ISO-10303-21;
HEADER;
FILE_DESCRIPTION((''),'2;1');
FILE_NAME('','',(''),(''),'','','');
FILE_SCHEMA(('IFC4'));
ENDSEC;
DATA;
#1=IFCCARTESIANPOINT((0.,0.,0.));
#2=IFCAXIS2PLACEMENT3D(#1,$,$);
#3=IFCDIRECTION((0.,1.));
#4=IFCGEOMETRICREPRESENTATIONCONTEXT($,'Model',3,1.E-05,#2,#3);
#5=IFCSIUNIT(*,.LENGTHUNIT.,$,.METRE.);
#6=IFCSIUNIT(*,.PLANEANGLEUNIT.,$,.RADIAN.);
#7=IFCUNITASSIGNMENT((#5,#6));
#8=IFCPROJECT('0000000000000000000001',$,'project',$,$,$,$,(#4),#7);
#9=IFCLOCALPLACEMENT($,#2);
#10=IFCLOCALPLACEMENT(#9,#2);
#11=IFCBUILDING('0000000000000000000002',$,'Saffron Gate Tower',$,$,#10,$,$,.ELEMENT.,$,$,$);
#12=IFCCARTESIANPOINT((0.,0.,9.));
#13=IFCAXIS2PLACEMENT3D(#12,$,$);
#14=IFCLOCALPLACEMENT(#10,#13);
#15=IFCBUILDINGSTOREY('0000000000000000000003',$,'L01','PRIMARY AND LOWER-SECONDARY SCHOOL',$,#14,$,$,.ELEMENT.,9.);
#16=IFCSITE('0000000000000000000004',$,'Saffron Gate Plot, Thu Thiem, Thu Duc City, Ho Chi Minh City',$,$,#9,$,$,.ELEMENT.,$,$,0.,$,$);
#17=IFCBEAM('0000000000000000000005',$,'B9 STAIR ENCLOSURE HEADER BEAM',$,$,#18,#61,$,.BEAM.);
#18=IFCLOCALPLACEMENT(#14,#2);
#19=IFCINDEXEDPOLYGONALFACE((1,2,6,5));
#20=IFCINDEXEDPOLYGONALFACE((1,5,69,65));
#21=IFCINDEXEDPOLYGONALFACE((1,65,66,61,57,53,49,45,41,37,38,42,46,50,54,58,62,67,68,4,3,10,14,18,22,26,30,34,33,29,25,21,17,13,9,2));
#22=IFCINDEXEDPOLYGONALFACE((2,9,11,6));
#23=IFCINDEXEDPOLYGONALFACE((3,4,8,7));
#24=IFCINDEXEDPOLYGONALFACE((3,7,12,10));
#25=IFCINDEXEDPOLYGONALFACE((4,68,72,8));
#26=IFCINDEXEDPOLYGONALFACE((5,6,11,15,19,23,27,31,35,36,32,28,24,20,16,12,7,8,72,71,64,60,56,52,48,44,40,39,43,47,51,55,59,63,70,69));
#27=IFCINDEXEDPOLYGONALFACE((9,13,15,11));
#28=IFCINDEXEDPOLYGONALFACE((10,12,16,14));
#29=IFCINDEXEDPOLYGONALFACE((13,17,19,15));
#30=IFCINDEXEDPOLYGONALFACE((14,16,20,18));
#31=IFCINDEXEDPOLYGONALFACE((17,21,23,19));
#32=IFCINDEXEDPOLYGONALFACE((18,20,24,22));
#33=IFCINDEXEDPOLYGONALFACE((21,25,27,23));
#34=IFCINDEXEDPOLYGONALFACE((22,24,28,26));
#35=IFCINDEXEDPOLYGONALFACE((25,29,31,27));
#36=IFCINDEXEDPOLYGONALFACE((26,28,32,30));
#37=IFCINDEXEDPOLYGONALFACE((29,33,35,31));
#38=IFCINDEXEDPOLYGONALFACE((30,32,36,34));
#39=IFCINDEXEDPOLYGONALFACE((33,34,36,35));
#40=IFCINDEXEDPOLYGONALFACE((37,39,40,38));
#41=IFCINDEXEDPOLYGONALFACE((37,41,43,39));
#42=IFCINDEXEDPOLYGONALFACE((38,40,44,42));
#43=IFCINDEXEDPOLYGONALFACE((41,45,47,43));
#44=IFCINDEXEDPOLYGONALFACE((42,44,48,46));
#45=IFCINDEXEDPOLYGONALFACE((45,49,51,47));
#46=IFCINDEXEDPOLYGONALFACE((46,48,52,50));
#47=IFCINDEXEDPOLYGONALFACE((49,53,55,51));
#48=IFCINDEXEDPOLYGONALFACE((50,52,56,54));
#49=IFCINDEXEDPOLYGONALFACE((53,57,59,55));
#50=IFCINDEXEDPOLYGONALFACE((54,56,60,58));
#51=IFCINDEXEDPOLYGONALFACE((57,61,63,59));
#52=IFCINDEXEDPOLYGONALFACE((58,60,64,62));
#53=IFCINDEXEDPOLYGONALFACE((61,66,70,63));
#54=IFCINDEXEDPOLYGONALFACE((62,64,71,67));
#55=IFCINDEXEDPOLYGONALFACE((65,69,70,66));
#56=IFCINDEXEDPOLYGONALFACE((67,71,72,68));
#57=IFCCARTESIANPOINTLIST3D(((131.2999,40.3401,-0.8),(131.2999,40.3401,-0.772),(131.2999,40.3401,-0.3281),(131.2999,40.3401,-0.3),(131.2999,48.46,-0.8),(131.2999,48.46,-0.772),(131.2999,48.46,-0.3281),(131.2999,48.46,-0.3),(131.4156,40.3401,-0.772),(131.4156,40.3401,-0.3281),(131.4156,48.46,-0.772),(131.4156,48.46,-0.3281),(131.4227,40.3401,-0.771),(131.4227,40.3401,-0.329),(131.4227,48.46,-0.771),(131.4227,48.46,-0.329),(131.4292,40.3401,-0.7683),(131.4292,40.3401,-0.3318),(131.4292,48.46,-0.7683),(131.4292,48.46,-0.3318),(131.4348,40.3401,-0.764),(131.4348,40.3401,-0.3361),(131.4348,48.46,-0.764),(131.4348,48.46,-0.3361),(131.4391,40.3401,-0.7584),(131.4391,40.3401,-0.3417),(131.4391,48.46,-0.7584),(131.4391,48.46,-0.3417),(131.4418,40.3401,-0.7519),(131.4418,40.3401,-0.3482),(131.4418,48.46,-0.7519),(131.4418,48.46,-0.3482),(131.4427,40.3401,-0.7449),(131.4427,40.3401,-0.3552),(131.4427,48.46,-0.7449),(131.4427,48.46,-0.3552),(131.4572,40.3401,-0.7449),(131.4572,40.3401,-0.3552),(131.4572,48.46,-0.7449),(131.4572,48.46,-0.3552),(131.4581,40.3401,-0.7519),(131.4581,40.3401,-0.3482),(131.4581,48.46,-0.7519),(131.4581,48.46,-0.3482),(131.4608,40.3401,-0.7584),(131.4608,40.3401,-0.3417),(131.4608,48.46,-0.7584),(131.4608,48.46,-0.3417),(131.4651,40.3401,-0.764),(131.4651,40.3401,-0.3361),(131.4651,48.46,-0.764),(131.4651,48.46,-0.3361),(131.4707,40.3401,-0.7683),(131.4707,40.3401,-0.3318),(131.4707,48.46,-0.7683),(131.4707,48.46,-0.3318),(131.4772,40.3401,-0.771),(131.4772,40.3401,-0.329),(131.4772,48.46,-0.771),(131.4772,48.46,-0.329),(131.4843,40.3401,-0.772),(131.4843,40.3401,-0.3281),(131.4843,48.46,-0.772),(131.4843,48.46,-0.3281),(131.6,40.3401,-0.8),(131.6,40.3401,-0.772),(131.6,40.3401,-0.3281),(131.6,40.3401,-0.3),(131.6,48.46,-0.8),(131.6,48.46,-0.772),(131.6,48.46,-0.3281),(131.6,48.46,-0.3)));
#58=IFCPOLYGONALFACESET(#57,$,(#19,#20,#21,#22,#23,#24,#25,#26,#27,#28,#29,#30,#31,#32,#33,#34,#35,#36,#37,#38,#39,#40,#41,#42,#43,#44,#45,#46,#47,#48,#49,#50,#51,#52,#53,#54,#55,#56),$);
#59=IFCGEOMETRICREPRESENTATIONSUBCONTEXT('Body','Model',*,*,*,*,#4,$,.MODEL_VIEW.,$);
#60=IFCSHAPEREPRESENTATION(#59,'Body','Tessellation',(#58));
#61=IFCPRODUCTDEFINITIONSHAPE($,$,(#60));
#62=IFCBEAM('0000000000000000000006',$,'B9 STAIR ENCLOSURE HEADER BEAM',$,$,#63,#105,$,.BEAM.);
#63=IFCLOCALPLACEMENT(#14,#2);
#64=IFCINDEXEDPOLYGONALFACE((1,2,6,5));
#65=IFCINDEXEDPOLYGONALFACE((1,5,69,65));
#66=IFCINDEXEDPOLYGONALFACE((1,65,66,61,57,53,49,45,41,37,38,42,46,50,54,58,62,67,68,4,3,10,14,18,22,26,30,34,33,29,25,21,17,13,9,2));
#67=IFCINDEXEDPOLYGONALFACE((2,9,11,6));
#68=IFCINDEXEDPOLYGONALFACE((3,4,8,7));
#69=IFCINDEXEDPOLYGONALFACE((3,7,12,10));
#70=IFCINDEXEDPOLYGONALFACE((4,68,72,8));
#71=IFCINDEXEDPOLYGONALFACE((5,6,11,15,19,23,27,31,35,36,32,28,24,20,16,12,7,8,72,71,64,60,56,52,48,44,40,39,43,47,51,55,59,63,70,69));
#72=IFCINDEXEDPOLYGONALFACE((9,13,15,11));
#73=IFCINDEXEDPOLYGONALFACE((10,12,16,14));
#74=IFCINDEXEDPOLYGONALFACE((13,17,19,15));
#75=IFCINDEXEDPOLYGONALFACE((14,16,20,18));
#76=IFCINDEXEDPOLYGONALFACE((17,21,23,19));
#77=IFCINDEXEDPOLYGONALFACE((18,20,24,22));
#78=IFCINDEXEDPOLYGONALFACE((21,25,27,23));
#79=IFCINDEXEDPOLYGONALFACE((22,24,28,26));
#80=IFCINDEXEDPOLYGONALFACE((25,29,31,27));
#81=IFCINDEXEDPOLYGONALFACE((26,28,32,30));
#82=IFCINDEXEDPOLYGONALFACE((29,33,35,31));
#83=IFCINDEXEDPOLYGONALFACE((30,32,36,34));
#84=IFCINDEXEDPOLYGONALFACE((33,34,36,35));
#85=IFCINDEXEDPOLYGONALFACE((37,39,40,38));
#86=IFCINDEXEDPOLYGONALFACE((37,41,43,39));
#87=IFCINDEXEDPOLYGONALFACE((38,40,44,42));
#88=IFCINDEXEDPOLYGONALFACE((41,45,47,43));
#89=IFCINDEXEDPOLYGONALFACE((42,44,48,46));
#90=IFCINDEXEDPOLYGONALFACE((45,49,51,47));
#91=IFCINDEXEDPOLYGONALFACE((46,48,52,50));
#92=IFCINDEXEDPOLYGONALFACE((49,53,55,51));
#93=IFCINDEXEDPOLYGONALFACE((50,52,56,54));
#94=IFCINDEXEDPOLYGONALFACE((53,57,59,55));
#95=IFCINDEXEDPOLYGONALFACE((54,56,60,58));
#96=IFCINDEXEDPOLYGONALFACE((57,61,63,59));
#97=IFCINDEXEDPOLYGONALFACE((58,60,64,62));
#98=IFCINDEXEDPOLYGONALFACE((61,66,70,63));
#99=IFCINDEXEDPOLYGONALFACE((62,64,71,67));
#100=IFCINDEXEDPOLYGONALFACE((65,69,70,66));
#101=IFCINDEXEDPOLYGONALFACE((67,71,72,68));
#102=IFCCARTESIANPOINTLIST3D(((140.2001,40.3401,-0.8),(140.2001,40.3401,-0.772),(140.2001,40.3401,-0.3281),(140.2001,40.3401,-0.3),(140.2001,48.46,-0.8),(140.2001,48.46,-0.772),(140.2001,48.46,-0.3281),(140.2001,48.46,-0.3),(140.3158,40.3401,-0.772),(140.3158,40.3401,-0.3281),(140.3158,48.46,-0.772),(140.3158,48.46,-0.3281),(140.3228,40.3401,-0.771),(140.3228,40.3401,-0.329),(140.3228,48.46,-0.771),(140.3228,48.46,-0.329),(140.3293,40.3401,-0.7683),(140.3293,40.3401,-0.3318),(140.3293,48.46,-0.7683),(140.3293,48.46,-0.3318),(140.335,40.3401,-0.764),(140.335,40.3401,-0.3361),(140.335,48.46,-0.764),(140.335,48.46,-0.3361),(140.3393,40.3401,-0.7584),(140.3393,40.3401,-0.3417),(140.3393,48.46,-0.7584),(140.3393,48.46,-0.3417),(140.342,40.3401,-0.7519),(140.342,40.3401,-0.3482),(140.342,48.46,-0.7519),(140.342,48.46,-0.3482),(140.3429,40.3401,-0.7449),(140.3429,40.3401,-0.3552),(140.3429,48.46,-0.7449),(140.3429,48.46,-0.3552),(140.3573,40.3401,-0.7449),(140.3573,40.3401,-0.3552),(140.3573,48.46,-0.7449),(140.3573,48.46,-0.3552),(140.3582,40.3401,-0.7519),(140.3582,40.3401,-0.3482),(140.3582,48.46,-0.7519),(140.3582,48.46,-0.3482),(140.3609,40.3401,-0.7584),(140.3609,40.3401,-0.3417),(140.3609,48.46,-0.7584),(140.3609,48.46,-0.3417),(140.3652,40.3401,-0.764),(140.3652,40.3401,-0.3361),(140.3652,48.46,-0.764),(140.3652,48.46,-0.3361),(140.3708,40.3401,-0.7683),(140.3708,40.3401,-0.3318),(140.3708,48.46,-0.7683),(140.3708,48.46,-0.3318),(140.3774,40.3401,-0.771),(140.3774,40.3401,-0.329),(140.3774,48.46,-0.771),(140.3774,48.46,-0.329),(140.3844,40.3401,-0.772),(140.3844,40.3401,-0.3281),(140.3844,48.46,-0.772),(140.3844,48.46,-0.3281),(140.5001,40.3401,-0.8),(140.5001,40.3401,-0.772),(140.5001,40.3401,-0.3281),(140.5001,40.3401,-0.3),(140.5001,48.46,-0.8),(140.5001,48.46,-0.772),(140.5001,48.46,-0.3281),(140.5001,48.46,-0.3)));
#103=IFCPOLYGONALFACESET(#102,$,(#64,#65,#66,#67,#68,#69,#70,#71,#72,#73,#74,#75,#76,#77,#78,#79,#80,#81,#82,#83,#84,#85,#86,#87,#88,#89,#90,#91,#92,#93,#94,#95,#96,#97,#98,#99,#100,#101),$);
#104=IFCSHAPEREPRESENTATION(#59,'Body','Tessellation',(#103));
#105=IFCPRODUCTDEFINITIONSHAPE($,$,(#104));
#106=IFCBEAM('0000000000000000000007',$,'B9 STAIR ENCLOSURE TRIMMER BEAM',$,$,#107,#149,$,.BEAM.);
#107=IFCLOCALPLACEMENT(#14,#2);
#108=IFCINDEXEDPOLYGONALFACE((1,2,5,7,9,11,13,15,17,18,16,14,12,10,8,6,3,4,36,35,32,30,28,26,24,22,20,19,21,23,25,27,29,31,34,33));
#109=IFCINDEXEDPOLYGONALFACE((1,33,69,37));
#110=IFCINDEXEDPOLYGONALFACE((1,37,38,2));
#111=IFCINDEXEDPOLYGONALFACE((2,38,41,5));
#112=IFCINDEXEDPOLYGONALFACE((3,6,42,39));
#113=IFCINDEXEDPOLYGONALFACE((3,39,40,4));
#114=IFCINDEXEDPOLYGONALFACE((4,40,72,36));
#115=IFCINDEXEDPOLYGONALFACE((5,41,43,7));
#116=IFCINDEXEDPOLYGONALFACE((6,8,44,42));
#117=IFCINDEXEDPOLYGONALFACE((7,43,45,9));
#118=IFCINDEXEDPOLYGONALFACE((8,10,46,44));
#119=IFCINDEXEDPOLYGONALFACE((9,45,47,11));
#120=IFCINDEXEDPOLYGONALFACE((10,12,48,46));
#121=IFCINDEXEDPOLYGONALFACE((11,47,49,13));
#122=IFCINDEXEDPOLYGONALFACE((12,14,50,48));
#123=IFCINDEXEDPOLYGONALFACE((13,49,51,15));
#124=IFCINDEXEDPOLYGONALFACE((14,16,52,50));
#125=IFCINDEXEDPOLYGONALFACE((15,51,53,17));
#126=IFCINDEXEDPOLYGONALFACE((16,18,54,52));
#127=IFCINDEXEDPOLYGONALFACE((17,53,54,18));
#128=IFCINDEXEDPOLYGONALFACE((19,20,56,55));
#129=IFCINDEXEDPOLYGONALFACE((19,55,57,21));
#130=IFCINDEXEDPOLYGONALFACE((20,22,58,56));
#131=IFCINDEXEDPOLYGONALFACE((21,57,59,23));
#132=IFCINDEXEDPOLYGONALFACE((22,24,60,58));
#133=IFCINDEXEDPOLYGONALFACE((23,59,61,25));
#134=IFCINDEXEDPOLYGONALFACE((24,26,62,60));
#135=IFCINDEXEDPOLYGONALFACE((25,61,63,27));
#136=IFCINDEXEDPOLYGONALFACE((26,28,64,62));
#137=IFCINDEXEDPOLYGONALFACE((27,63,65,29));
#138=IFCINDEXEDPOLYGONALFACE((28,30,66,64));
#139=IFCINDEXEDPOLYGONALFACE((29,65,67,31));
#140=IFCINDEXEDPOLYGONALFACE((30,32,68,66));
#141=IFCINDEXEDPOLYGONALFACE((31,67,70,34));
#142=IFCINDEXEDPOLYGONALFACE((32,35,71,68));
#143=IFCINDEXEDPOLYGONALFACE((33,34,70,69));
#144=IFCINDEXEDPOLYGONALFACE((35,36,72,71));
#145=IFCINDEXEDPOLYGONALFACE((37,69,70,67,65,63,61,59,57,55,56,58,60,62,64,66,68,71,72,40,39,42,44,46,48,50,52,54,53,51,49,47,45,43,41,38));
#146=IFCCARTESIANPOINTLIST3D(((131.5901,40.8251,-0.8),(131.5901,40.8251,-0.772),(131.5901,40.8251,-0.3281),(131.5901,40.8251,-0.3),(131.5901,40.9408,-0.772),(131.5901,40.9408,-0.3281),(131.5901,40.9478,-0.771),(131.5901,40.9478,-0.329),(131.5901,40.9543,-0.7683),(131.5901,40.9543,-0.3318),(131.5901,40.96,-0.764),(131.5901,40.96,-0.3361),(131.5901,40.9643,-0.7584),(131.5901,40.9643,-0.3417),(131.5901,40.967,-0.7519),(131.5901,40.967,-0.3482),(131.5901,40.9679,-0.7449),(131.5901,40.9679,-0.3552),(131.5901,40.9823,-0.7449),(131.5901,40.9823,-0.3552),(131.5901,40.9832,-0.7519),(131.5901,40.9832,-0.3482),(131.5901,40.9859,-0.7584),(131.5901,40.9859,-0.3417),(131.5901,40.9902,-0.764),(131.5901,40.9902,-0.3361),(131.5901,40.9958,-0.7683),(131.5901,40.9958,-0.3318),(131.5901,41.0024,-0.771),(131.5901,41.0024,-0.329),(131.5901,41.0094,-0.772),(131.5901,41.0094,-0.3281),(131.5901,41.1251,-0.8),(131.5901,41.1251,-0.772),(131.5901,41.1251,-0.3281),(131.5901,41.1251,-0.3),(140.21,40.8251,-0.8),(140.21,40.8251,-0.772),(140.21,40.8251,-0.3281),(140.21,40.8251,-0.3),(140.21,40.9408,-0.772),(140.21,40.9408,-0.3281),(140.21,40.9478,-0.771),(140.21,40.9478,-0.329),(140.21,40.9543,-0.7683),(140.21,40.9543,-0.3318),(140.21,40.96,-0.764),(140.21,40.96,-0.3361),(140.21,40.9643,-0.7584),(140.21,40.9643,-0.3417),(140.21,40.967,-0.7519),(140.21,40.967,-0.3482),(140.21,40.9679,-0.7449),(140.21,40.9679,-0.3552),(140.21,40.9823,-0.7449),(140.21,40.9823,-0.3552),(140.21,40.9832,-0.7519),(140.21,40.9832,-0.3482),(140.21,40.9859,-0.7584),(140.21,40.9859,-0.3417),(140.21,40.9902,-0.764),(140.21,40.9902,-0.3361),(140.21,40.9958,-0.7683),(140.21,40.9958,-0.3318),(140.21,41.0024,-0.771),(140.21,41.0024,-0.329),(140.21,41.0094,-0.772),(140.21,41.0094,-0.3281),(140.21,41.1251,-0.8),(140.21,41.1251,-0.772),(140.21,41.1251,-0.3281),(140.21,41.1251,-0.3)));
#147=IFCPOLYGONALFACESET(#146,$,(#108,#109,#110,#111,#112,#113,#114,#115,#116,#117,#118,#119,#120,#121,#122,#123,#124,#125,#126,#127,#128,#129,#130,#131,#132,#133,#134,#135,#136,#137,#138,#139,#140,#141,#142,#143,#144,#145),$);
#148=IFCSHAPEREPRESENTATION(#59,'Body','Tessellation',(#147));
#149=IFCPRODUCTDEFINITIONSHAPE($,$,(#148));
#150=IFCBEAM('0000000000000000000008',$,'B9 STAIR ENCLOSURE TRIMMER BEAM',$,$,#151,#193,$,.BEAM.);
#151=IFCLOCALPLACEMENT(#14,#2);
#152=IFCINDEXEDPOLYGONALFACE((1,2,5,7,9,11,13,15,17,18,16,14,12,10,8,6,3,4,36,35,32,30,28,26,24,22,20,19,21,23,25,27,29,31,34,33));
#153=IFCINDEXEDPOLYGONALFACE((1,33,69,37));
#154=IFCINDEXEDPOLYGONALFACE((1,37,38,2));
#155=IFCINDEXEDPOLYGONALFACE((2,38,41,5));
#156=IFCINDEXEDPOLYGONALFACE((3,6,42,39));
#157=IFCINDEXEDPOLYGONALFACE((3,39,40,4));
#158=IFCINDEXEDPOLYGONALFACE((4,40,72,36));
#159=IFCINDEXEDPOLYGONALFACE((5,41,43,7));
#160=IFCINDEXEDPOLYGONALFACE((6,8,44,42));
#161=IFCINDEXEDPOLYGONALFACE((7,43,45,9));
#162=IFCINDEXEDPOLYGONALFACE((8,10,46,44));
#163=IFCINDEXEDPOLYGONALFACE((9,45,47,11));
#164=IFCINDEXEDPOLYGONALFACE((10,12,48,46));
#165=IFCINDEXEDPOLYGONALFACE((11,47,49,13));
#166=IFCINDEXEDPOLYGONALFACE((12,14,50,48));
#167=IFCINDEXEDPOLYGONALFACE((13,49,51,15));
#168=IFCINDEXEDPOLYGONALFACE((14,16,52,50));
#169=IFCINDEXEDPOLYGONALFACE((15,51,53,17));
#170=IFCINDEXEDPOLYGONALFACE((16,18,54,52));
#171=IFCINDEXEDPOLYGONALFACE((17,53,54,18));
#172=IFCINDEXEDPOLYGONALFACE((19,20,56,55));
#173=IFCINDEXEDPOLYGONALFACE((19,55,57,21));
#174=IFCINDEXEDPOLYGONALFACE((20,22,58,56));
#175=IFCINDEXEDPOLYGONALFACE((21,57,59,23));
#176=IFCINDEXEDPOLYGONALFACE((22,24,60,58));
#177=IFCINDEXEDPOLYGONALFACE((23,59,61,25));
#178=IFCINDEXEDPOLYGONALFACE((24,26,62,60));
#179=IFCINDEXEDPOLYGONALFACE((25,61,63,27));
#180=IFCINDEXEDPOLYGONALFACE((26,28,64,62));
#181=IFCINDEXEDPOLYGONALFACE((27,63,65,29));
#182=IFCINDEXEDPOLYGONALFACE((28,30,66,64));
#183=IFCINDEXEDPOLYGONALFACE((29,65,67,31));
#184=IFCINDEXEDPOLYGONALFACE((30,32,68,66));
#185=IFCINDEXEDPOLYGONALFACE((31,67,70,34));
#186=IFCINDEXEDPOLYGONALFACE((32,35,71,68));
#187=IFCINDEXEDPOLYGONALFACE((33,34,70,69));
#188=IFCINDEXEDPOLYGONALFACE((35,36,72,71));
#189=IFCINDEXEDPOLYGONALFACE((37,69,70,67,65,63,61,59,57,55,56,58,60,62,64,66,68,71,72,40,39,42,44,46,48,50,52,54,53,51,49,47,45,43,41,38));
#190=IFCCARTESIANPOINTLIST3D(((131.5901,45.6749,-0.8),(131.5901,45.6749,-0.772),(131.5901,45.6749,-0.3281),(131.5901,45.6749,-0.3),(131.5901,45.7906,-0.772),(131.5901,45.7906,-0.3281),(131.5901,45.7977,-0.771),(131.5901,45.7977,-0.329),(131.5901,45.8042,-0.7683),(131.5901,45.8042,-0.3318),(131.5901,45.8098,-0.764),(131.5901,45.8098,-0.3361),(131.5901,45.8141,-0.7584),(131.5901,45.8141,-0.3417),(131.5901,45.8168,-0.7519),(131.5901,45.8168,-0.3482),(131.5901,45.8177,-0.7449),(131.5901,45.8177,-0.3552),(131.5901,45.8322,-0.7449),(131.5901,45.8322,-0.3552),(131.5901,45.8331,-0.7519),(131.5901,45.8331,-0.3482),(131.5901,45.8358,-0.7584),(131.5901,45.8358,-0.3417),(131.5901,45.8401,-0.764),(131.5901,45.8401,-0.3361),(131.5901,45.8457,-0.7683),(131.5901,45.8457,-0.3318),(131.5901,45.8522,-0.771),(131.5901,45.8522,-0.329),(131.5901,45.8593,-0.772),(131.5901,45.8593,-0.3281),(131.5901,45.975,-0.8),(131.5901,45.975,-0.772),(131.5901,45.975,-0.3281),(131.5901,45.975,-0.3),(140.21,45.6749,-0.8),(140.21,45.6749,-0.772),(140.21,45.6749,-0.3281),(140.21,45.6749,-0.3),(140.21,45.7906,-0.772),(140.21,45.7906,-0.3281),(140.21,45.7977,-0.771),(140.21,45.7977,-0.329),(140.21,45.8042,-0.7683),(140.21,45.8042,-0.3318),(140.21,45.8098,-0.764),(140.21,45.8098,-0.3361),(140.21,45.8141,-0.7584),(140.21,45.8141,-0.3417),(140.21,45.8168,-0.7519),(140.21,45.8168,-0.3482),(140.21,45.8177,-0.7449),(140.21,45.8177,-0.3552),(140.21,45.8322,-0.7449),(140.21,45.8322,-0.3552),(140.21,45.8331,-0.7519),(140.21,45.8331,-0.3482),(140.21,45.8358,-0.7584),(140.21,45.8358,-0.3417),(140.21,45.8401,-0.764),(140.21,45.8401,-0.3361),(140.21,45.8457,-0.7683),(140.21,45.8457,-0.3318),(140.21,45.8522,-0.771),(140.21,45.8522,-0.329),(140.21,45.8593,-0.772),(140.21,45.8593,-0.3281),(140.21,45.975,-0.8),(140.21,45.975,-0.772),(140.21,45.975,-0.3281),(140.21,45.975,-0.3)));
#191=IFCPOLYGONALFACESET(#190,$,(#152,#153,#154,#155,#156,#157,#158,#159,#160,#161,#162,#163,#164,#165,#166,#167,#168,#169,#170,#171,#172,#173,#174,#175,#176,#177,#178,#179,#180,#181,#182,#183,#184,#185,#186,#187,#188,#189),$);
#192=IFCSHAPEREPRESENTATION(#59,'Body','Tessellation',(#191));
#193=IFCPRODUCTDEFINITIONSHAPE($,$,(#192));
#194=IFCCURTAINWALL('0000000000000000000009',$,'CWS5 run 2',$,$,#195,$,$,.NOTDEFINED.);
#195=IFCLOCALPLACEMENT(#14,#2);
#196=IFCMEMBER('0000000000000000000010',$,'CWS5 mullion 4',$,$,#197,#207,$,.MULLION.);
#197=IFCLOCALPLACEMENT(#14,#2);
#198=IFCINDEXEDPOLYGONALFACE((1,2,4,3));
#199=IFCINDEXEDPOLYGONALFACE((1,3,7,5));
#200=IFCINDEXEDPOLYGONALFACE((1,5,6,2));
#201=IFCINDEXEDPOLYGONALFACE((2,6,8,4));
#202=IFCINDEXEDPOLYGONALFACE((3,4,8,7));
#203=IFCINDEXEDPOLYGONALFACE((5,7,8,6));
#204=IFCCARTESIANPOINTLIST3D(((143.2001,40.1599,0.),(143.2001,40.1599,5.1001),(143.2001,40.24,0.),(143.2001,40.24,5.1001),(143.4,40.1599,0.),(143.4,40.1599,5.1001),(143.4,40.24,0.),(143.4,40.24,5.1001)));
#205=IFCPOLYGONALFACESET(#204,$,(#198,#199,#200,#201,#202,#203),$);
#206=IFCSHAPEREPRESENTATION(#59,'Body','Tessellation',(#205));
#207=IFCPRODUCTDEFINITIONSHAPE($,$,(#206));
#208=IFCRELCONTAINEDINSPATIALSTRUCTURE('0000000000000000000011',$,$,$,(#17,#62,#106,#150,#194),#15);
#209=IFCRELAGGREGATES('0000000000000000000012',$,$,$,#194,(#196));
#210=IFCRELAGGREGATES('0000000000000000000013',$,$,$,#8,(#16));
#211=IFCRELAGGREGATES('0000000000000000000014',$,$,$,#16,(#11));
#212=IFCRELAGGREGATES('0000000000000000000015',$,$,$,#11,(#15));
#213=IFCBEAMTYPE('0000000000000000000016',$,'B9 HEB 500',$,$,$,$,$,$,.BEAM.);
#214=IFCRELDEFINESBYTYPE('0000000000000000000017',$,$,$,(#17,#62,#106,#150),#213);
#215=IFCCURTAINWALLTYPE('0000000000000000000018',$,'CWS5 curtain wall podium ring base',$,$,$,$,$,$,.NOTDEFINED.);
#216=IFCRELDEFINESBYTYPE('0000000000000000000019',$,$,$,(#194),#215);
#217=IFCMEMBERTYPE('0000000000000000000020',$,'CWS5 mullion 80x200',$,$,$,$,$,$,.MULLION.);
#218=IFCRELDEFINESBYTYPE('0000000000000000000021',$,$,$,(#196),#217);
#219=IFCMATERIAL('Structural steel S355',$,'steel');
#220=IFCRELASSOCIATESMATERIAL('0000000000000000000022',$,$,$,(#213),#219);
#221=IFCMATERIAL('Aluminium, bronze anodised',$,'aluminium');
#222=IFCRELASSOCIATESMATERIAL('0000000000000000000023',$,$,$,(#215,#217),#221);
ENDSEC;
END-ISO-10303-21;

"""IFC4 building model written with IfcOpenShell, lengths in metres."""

from ifc_helpers import new_model, si_unit, direction, frame, origin, origin_2d, place, context, subcontext, project, spatial, rectangle, i_section, extrude, material, material_profile, profile_set, type_object, element, aggregate, save


model = new_model("IFC4")

# Units and contexts
model_context = context("Model", 3, precision=1e-05, world=origin(), true_north=direction((0.0, 1.0)))
body_context = subcontext(model_context, "Body", "Model", "MODEL_VIEW")
ifc_project = project(units=[si_unit("LENGTHUNIT", "METRE"), si_unit("PLANEANGLEUNIT", "RADIAN")], contexts=[model_context])

# Site, building, storey
site_placement = place(None, origin())
site = spatial("IfcSite", under=ifc_project, at=site_placement, Name="Saffron Gate Plot, Thu Thiem, Thu Duc City, Ho Chi Minh City", CompositionType="ELEMENT", RefElevation=0.0)
building_placement = place(site_placement, origin())
building = spatial("IfcBuilding", under=site, at=building_placement, Name="Saffron Gate Tower", CompositionType="ELEMENT")
storey_placement = place(building_placement, frame((0.0, 0.0, 9.0)))
storey = spatial("IfcBuildingStorey", under=building, at=storey_placement, Name="L01", Description="PRIMARY AND LOWER-SECONDARY SCHOOL", CompositionType="ELEMENT", Elevation=9.0)

# Beams
ifc_material_1 = material(Name="Structural steel S355", Category="steel")
ifc_material_profile_1 = material_profile(ifc_material_1, i_section(OverallWidth=0.3, OverallDepth=0.5, WebThickness=0.0144, FlangeThickness=0.0281, FilletRadius=0.0271, at=origin_2d()))
ifc_profile_set_1 = profile_set([ifc_material_profile_1], Name="Structural steel S355")
beam_type_1 = type_object("IfcBeamType", Name="B9 HEB 500", PredefinedType="BEAM", material=ifc_profile_set_1)
for number, where, z_axis, x_axis, name in (
    (1, (131.45, 40.3401, -0.55), (0.0, 1.0, 0.0), (-1.0, 0.0, 0.0), "B9 STAIR ENCLOSURE HEADER BEAM"),
    (2, (140.3501, 40.3401, -0.55), (0.0, 1.0, 0.0), (-1.0, 0.0, 0.0), "B9 STAIR ENCLOSURE HEADER BEAM"),
):
    element("IfcBeam", number, at=place(storey_placement, frame(where, z_axis=z_axis, x_axis=x_axis)), inside=storey, type_object=beam_type_1, Name=name, PredefinedType="BEAM", context=body_context, shape_type="SweptSolid", body=[
        extrude(i_section(OverallWidth=0.3, OverallDepth=0.5, WebThickness=0.0144, FlangeThickness=0.0281, FilletRadius=0.0271, at=origin_2d()), origin(), (0.0, 0.0, 1.0), 8.1199),
    ])
for number, where, z_axis, x_axis, name in (
    (3, (131.5901, 40.9751, -0.55), (1.0, 0.0, 0.0), (0.0, 1.0, 0.0), "B9 STAIR ENCLOSURE TRIMMER BEAM"),
    (4, (131.5901, 45.825, -0.55), (1.0, 0.0, 0.0), (0.0, 1.0, 0.0), "B9 STAIR ENCLOSURE TRIMMER BEAM"),
):
    element("IfcBeam", number, at=place(storey_placement, frame(where, z_axis=z_axis, x_axis=x_axis)), inside=storey, type_object=beam_type_1, Name=name, PredefinedType="BEAM", context=body_context, shape_type="SweptSolid", body=[
        extrude(i_section(OverallWidth=0.3, OverallDepth=0.5, WebThickness=0.0144, FlangeThickness=0.0281, FilletRadius=0.0271, at=origin_2d()), origin(), (0.0, 0.0, 1.0), 8.6199),
    ])

# Curtain wall, member
ifc_material_2 = material(Name="Aluminium, bronze anodised", Category="aluminium")
curtain_wall_type = type_object("IfcCurtainWallType", Name="CWS5 curtain wall podium ring base", PredefinedType="NOTDEFINED", material=ifc_material_2)
curtain_wall_placement = place(storey_placement, origin())
curtain_wall = element("IfcCurtainWall", 5, at=curtain_wall_placement, inside=storey, type_object=curtain_wall_type, Name="CWS5 run 2", PredefinedType="NOTDEFINED")
ifc_material_profile_2 = material_profile(ifc_material_2, rectangle(XDim=0.2, YDim=0.0801, at=origin_2d()))
ifc_profile_set_2 = profile_set([ifc_material_profile_2], Name="Aluminium, bronze anodised")
member_type = type_object("IfcMemberType", Name="CWS5 mullion 80x200", PredefinedType="MULLION", material=ifc_profile_set_2)
member_1_placement = place(storey_placement, frame((143.3, 40.2, 0.0), z_axis=(0.0, 0.0, 1.0), x_axis=(-1.0, 0.0, 0.0)))
member_1 = element("IfcMember", 6, at=member_1_placement, type_object=member_type, Name="CWS5 mullion 4", PredefinedType="MULLION", context=body_context, shape_type="SweptSolid", body=[
    extrude(rectangle(XDim=0.2, YDim=0.0801, at=origin_2d()), origin(), (0.0, 0.0, 1.0), 5.1001),
])
aggregate(curtain_wall, [member_1])

save(model, "model.ifc")
